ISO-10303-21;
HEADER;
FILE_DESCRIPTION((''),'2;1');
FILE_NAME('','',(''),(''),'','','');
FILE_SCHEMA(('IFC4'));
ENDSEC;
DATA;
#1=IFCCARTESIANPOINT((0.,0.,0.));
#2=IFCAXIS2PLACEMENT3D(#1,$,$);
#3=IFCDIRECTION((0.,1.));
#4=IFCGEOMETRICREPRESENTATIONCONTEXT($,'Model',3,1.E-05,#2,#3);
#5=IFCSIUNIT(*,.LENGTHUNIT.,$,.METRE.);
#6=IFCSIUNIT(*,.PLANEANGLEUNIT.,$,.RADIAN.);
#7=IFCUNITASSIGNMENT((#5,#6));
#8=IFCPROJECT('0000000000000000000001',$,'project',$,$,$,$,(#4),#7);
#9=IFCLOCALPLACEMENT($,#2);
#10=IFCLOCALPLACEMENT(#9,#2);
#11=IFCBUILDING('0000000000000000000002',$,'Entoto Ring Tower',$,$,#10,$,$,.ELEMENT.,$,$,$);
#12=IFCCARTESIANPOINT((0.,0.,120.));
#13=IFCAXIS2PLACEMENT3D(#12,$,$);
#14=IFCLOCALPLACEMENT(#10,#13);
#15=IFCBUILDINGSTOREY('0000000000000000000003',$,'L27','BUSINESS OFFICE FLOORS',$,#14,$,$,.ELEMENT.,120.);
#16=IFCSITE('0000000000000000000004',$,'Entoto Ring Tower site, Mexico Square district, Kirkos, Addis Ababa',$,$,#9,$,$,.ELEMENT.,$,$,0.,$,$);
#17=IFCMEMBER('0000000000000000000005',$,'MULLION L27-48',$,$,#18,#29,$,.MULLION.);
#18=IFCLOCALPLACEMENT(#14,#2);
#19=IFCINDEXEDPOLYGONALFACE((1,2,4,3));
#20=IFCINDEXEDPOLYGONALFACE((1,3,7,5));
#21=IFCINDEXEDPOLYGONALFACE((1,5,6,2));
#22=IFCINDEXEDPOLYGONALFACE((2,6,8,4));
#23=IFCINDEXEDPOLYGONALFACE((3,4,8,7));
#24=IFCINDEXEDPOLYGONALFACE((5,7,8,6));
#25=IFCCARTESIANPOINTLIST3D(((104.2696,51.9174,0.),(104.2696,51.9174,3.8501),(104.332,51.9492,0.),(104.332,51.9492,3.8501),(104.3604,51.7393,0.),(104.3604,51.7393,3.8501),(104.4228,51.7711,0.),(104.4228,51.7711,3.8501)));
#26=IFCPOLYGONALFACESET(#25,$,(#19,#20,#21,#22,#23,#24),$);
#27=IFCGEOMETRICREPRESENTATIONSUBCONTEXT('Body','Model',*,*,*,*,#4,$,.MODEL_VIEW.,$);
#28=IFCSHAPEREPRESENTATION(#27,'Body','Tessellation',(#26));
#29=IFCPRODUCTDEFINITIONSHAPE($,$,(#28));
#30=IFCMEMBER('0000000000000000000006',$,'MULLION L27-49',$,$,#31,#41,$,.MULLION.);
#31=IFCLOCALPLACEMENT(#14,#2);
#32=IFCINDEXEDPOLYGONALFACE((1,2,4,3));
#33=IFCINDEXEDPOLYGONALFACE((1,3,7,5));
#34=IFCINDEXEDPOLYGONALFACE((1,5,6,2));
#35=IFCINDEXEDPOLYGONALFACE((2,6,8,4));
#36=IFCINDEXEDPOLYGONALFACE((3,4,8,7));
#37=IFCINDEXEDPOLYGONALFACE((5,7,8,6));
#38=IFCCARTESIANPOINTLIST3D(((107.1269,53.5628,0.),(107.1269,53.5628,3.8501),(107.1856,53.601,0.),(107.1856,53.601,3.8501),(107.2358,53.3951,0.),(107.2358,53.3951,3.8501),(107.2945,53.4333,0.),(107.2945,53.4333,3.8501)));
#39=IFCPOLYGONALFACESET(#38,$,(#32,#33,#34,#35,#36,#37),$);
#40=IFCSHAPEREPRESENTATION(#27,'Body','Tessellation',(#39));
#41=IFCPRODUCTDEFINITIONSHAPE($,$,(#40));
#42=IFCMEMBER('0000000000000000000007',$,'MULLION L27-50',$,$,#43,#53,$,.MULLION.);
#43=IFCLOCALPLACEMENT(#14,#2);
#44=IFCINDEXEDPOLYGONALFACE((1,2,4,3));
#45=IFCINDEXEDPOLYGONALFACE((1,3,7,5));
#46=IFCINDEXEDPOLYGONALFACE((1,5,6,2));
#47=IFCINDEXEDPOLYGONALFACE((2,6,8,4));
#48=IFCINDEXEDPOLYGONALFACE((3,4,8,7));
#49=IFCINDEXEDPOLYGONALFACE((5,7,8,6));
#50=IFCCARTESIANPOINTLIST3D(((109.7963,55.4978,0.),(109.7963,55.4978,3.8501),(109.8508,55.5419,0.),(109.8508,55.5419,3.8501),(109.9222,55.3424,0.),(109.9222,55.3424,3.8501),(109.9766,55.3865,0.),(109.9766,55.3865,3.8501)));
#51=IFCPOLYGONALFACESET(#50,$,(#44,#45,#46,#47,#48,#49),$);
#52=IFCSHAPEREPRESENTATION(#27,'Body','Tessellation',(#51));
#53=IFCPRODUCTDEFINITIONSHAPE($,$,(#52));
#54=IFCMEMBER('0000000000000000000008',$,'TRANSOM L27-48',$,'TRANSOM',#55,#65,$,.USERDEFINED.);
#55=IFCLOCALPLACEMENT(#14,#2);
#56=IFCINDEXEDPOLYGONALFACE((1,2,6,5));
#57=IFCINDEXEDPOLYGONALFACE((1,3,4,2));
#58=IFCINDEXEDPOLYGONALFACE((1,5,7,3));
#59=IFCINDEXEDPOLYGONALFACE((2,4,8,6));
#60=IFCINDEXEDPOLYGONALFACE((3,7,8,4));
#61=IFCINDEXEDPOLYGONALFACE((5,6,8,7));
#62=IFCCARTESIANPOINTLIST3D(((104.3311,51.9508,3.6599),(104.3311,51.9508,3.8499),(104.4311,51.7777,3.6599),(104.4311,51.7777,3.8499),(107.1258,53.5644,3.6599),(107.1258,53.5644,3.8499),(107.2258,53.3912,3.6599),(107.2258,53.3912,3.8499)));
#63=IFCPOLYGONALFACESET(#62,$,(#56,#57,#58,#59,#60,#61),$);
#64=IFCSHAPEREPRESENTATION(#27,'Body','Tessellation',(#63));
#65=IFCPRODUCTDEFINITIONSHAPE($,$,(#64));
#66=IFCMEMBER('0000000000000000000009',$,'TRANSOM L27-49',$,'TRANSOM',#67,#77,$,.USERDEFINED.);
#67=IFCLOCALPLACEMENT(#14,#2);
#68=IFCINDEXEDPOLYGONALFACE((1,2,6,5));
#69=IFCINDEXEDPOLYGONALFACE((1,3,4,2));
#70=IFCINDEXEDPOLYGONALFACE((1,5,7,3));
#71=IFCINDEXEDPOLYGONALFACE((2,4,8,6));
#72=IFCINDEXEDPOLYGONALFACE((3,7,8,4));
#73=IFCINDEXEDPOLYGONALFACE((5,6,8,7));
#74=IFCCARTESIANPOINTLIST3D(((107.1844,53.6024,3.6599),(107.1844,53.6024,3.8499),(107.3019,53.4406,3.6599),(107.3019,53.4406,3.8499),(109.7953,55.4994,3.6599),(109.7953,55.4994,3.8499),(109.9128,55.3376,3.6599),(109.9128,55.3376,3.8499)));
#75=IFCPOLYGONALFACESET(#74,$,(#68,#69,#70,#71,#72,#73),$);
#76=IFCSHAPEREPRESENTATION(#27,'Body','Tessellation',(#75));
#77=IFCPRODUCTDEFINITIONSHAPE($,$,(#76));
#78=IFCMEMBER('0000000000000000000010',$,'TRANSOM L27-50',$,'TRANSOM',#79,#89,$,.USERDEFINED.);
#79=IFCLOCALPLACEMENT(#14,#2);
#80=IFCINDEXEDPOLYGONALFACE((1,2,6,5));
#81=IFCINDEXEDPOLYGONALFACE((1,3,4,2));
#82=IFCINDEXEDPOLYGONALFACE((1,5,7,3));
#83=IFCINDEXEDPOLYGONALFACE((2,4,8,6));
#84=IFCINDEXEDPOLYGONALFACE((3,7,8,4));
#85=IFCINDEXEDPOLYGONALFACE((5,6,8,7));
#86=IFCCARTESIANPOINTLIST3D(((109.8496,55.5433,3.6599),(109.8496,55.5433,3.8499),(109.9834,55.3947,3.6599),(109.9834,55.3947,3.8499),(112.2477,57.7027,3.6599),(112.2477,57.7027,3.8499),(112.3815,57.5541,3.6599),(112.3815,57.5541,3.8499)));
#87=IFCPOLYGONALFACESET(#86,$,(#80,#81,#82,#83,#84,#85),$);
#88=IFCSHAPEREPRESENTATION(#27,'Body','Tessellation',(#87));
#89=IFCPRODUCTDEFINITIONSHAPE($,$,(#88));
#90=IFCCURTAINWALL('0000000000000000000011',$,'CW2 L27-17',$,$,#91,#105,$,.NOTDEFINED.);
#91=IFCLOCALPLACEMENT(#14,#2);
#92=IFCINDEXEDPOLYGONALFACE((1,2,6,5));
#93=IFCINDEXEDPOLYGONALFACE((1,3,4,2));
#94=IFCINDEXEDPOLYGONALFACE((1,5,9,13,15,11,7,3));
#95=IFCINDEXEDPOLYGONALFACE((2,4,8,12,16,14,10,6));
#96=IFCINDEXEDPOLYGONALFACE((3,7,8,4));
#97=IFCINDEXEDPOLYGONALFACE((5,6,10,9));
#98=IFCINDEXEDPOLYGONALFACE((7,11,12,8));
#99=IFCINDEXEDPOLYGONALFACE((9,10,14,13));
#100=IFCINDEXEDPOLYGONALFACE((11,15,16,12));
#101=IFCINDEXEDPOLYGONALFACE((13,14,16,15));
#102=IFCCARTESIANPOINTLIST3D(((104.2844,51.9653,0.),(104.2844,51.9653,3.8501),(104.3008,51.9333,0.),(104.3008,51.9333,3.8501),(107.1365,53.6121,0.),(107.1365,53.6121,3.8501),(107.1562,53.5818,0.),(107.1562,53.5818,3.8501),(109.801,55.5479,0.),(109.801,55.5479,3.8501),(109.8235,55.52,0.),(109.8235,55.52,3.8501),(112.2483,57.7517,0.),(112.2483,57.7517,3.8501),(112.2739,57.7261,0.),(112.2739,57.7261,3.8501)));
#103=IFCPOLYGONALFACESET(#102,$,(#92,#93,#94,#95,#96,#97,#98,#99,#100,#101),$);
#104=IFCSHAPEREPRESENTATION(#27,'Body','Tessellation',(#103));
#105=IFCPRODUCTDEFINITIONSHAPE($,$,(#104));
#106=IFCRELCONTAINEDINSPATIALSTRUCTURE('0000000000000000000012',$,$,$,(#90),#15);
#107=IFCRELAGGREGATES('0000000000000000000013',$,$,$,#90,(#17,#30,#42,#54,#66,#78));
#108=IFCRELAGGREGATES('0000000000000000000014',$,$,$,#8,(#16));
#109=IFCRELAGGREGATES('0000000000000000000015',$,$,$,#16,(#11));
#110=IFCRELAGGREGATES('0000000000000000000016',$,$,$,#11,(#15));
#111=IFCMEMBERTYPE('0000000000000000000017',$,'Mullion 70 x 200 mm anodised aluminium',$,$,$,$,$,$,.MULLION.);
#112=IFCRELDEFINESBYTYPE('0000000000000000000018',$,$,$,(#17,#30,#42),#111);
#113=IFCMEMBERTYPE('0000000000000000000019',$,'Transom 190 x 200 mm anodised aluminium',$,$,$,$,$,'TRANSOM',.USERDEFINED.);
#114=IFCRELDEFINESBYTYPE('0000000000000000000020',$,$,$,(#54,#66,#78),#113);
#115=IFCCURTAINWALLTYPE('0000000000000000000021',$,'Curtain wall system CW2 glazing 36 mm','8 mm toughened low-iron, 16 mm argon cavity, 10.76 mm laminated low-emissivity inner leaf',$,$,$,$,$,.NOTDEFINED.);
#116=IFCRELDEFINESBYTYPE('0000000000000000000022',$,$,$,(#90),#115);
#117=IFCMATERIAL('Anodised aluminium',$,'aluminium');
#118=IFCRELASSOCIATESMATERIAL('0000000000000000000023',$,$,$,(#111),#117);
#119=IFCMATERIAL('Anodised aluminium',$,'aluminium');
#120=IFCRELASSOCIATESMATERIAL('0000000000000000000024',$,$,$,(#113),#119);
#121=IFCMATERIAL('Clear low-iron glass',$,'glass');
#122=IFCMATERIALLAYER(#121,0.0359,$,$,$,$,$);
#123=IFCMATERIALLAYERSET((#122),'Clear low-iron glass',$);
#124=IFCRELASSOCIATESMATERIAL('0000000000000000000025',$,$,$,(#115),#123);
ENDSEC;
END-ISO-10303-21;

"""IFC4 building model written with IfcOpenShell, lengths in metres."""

from ifc_helpers import new_model, si_unit, direction, frame, origin, origin_2d, place, context, subcontext, project, spatial, polyline, rectangle, outline, extrude, material, layer, layer_set, material_profile, profile_set, type_object, element, aggregate, save


model = new_model("IFC4")

# Units and contexts
model_context = context("Model", 3, precision=1e-05, world=origin(), true_north=direction((0.0, 1.0)))
body_context = subcontext(model_context, "Body", "Model", "MODEL_VIEW")
ifc_project = project(units=[si_unit("LENGTHUNIT", "METRE"), si_unit("PLANEANGLEUNIT", "RADIAN")], contexts=[model_context])

# Members
ifc_material_1 = material(Name="Anodised aluminium", Category="aluminium")
ifc_material_profile_1 = material_profile(ifc_material_1, rectangle(XDim=0.0701, YDim=0.2, at=origin_2d()), Name="Mullion 70 x 200 mm anodised aluminium")
ifc_profile_set_1 = profile_set([ifc_material_profile_1], Name="Anodised aluminium")
member_type_1 = type_object("IfcMemberType", Name="Mullion 70 x 200 mm anodised aluminium", PredefinedType="MULLION", material=ifc_profile_set_1)
site_placement = place(None, origin())
building_placement = place(site_placement, origin())
storey_placement = place(building_placement, frame((0.0, 0.0, 120.0)))
member_1_placement = place(storey_placement, frame((104.3462, 51.8442, 0.0), z_axis=(0.0, 0.0, 1.0), x_axis=(0.891007, 0.45399, 0.0)))
member_1 = element("IfcMember", 1, at=member_1_placement, type_object=member_type_1, Name="MULLION L27-48", PredefinedType="MULLION", context=body_context, shape_type="SweptSolid", body=[
    extrude(rectangle(XDim=0.0701, YDim=0.2, at=origin_2d()), origin(), (0.0, 0.0, 1.0), 3.8501),
])
member_2_placement = place(storey_placement, frame((107.2107, 53.498, 0.0), z_axis=(0.0, 0.0, 1.0), x_axis=(0.838671, 0.544639, 0.0)))
member_2 = element("IfcMember", 2, at=member_2_placement, type_object=member_type_1, Name="MULLION L27-49", PredefinedType="MULLION", context=body_context, shape_type="SweptSolid", body=[
    extrude(rectangle(XDim=0.0701, YDim=0.2, at=origin_2d()), origin(), (0.0, 0.0, 1.0), 3.8501),
])
member_3_placement = place(storey_placement, frame((109.8865, 55.4421, 0.0), z_axis=(0.0, 0.0, 1.0), x_axis=(0.777146, 0.62932, 0.0)))
member_3 = element("IfcMember", 3, at=member_3_placement, type_object=member_type_1, Name="MULLION L27-50", PredefinedType="MULLION", context=body_context, shape_type="SweptSolid", body=[
    extrude(rectangle(XDim=0.0701, YDim=0.2, at=origin_2d()), origin(), (0.0, 0.0, 1.0), 3.8501),
])
ifc_material_2 = material(Name="Anodised aluminium", Category="aluminium")
ifc_material_profile_2 = material_profile(ifc_material_2, rectangle(XDim=0.2, YDim=0.1899, at=origin_2d()), Name="Transom 190 x 200 mm anodised aluminium")
ifc_profile_set_2 = profile_set([ifc_material_profile_2], Name="Anodised aluminium")
member_type_2 = type_object("IfcMemberType", Name="Transom 190 x 200 mm anodised aluminium", ElementType="TRANSOM", PredefinedType="USERDEFINED", material=ifc_profile_set_2)
member_4_placement = place(storey_placement, frame((104.3811, 51.8643, 3.7549), z_axis=(0.866023, 0.500004, 0.0), x_axis=(-0.500004, 0.866023, 0.0)))
member_4 = element("IfcMember", 4, at=member_4_placement, type_object=member_type_2, Name="TRANSOM L27-48", ObjectType="TRANSOM", PredefinedType="USERDEFINED", context=body_context, shape_type="SweptSolid", body=[
    extrude(rectangle(XDim=0.2, YDim=0.1899, at=origin_2d()), origin(), (0.0, 0.0, 1.0), 3.2271),
])
member_5_placement = place(storey_placement, frame((107.2432, 53.5215, 3.7549), z_axis=(0.809004, 0.587803, 0.0), x_axis=(-0.587803, 0.809004, 0.0)))
member_5 = element("IfcMember", 5, at=member_5_placement, type_object=member_type_2, Name="TRANSOM L27-49", ObjectType="TRANSOM", PredefinedType="USERDEFINED", context=body_context, shape_type="SweptSolid", body=[
    extrude(rectangle(XDim=0.2, YDim=0.1899, at=origin_2d()), origin(), (0.0, 0.0, 1.0), 3.2273),
])
member_6_placement = place(storey_placement, frame((109.9165, 55.469, 3.7549), z_axis=(0.743132, 0.669144, 0.0), x_axis=(-0.669144, 0.743132, 0.0)))
member_6 = element("IfcMember", 6, at=member_6_placement, type_object=member_type_2, Name="TRANSOM L27-50", ObjectType="TRANSOM", PredefinedType="USERDEFINED", context=body_context, shape_type="SweptSolid", body=[
    extrude(rectangle(XDim=0.2, YDim=0.1899, at=origin_2d()), origin(), (0.0, 0.0, 1.0), 3.2271),
])

# Site, building, storey
site = spatial("IfcSite", under=ifc_project, at=site_placement, Name="Entoto Ring Tower site, Mexico Square district, Kirkos, Addis Ababa", CompositionType="ELEMENT", RefElevation=0.0)
building = spatial("IfcBuilding", under=site, at=building_placement, Name="Entoto Ring Tower", CompositionType="ELEMENT")
storey = spatial("IfcBuildingStorey", under=building, at=storey_placement, Name="L27", Description="BUSINESS OFFICE FLOORS", CompositionType="ELEMENT", Elevation=120.0)

# Curtain wall
ifc_material_3 = material(Name="Clear low-iron glass", Category="glass")
ifc_layer_1 = layer(ifc_material_3, 0.0359)
ifc_layer_set_1 = layer_set([ifc_layer_1], Name="Clear low-iron glass")
curtain_wall_type = type_object("IfcCurtainWallType", Name="Curtain wall system CW2 glazing 36 mm", Description="8 mm toughened low-iron, 16 mm argon cavity, 10.76 mm laminated low-emissivity inner leaf", PredefinedType="NOTDEFINED", material=ifc_layer_set_1)
curtain_wall_1_placement = place(storey_placement, origin())
curtain_wall_1 = element("IfcCurtainWall", 7, at=curtain_wall_1_placement, inside=storey, type_object=curtain_wall_type, Name="CW2 L27-17", PredefinedType="NOTDEFINED", context=body_context, shape_type="SweptSolid", body=[
    extrude(outline(polyline([(104.3008, 51.9333), (107.1562, 53.5818), (109.8235, 55.52), (112.2739, 57.7261), (112.2483, 57.7517), (109.801, 55.5479), (107.1365, 53.6121), (104.2844, 51.9653), (104.3008, 51.9333)])), origin(), (0.0, 0.0, 1.0), 3.8501),
])
aggregate(curtain_wall_1, [member_1, member_2, member_3, member_4, member_5, member_6])

save(model, "model.ifc")
